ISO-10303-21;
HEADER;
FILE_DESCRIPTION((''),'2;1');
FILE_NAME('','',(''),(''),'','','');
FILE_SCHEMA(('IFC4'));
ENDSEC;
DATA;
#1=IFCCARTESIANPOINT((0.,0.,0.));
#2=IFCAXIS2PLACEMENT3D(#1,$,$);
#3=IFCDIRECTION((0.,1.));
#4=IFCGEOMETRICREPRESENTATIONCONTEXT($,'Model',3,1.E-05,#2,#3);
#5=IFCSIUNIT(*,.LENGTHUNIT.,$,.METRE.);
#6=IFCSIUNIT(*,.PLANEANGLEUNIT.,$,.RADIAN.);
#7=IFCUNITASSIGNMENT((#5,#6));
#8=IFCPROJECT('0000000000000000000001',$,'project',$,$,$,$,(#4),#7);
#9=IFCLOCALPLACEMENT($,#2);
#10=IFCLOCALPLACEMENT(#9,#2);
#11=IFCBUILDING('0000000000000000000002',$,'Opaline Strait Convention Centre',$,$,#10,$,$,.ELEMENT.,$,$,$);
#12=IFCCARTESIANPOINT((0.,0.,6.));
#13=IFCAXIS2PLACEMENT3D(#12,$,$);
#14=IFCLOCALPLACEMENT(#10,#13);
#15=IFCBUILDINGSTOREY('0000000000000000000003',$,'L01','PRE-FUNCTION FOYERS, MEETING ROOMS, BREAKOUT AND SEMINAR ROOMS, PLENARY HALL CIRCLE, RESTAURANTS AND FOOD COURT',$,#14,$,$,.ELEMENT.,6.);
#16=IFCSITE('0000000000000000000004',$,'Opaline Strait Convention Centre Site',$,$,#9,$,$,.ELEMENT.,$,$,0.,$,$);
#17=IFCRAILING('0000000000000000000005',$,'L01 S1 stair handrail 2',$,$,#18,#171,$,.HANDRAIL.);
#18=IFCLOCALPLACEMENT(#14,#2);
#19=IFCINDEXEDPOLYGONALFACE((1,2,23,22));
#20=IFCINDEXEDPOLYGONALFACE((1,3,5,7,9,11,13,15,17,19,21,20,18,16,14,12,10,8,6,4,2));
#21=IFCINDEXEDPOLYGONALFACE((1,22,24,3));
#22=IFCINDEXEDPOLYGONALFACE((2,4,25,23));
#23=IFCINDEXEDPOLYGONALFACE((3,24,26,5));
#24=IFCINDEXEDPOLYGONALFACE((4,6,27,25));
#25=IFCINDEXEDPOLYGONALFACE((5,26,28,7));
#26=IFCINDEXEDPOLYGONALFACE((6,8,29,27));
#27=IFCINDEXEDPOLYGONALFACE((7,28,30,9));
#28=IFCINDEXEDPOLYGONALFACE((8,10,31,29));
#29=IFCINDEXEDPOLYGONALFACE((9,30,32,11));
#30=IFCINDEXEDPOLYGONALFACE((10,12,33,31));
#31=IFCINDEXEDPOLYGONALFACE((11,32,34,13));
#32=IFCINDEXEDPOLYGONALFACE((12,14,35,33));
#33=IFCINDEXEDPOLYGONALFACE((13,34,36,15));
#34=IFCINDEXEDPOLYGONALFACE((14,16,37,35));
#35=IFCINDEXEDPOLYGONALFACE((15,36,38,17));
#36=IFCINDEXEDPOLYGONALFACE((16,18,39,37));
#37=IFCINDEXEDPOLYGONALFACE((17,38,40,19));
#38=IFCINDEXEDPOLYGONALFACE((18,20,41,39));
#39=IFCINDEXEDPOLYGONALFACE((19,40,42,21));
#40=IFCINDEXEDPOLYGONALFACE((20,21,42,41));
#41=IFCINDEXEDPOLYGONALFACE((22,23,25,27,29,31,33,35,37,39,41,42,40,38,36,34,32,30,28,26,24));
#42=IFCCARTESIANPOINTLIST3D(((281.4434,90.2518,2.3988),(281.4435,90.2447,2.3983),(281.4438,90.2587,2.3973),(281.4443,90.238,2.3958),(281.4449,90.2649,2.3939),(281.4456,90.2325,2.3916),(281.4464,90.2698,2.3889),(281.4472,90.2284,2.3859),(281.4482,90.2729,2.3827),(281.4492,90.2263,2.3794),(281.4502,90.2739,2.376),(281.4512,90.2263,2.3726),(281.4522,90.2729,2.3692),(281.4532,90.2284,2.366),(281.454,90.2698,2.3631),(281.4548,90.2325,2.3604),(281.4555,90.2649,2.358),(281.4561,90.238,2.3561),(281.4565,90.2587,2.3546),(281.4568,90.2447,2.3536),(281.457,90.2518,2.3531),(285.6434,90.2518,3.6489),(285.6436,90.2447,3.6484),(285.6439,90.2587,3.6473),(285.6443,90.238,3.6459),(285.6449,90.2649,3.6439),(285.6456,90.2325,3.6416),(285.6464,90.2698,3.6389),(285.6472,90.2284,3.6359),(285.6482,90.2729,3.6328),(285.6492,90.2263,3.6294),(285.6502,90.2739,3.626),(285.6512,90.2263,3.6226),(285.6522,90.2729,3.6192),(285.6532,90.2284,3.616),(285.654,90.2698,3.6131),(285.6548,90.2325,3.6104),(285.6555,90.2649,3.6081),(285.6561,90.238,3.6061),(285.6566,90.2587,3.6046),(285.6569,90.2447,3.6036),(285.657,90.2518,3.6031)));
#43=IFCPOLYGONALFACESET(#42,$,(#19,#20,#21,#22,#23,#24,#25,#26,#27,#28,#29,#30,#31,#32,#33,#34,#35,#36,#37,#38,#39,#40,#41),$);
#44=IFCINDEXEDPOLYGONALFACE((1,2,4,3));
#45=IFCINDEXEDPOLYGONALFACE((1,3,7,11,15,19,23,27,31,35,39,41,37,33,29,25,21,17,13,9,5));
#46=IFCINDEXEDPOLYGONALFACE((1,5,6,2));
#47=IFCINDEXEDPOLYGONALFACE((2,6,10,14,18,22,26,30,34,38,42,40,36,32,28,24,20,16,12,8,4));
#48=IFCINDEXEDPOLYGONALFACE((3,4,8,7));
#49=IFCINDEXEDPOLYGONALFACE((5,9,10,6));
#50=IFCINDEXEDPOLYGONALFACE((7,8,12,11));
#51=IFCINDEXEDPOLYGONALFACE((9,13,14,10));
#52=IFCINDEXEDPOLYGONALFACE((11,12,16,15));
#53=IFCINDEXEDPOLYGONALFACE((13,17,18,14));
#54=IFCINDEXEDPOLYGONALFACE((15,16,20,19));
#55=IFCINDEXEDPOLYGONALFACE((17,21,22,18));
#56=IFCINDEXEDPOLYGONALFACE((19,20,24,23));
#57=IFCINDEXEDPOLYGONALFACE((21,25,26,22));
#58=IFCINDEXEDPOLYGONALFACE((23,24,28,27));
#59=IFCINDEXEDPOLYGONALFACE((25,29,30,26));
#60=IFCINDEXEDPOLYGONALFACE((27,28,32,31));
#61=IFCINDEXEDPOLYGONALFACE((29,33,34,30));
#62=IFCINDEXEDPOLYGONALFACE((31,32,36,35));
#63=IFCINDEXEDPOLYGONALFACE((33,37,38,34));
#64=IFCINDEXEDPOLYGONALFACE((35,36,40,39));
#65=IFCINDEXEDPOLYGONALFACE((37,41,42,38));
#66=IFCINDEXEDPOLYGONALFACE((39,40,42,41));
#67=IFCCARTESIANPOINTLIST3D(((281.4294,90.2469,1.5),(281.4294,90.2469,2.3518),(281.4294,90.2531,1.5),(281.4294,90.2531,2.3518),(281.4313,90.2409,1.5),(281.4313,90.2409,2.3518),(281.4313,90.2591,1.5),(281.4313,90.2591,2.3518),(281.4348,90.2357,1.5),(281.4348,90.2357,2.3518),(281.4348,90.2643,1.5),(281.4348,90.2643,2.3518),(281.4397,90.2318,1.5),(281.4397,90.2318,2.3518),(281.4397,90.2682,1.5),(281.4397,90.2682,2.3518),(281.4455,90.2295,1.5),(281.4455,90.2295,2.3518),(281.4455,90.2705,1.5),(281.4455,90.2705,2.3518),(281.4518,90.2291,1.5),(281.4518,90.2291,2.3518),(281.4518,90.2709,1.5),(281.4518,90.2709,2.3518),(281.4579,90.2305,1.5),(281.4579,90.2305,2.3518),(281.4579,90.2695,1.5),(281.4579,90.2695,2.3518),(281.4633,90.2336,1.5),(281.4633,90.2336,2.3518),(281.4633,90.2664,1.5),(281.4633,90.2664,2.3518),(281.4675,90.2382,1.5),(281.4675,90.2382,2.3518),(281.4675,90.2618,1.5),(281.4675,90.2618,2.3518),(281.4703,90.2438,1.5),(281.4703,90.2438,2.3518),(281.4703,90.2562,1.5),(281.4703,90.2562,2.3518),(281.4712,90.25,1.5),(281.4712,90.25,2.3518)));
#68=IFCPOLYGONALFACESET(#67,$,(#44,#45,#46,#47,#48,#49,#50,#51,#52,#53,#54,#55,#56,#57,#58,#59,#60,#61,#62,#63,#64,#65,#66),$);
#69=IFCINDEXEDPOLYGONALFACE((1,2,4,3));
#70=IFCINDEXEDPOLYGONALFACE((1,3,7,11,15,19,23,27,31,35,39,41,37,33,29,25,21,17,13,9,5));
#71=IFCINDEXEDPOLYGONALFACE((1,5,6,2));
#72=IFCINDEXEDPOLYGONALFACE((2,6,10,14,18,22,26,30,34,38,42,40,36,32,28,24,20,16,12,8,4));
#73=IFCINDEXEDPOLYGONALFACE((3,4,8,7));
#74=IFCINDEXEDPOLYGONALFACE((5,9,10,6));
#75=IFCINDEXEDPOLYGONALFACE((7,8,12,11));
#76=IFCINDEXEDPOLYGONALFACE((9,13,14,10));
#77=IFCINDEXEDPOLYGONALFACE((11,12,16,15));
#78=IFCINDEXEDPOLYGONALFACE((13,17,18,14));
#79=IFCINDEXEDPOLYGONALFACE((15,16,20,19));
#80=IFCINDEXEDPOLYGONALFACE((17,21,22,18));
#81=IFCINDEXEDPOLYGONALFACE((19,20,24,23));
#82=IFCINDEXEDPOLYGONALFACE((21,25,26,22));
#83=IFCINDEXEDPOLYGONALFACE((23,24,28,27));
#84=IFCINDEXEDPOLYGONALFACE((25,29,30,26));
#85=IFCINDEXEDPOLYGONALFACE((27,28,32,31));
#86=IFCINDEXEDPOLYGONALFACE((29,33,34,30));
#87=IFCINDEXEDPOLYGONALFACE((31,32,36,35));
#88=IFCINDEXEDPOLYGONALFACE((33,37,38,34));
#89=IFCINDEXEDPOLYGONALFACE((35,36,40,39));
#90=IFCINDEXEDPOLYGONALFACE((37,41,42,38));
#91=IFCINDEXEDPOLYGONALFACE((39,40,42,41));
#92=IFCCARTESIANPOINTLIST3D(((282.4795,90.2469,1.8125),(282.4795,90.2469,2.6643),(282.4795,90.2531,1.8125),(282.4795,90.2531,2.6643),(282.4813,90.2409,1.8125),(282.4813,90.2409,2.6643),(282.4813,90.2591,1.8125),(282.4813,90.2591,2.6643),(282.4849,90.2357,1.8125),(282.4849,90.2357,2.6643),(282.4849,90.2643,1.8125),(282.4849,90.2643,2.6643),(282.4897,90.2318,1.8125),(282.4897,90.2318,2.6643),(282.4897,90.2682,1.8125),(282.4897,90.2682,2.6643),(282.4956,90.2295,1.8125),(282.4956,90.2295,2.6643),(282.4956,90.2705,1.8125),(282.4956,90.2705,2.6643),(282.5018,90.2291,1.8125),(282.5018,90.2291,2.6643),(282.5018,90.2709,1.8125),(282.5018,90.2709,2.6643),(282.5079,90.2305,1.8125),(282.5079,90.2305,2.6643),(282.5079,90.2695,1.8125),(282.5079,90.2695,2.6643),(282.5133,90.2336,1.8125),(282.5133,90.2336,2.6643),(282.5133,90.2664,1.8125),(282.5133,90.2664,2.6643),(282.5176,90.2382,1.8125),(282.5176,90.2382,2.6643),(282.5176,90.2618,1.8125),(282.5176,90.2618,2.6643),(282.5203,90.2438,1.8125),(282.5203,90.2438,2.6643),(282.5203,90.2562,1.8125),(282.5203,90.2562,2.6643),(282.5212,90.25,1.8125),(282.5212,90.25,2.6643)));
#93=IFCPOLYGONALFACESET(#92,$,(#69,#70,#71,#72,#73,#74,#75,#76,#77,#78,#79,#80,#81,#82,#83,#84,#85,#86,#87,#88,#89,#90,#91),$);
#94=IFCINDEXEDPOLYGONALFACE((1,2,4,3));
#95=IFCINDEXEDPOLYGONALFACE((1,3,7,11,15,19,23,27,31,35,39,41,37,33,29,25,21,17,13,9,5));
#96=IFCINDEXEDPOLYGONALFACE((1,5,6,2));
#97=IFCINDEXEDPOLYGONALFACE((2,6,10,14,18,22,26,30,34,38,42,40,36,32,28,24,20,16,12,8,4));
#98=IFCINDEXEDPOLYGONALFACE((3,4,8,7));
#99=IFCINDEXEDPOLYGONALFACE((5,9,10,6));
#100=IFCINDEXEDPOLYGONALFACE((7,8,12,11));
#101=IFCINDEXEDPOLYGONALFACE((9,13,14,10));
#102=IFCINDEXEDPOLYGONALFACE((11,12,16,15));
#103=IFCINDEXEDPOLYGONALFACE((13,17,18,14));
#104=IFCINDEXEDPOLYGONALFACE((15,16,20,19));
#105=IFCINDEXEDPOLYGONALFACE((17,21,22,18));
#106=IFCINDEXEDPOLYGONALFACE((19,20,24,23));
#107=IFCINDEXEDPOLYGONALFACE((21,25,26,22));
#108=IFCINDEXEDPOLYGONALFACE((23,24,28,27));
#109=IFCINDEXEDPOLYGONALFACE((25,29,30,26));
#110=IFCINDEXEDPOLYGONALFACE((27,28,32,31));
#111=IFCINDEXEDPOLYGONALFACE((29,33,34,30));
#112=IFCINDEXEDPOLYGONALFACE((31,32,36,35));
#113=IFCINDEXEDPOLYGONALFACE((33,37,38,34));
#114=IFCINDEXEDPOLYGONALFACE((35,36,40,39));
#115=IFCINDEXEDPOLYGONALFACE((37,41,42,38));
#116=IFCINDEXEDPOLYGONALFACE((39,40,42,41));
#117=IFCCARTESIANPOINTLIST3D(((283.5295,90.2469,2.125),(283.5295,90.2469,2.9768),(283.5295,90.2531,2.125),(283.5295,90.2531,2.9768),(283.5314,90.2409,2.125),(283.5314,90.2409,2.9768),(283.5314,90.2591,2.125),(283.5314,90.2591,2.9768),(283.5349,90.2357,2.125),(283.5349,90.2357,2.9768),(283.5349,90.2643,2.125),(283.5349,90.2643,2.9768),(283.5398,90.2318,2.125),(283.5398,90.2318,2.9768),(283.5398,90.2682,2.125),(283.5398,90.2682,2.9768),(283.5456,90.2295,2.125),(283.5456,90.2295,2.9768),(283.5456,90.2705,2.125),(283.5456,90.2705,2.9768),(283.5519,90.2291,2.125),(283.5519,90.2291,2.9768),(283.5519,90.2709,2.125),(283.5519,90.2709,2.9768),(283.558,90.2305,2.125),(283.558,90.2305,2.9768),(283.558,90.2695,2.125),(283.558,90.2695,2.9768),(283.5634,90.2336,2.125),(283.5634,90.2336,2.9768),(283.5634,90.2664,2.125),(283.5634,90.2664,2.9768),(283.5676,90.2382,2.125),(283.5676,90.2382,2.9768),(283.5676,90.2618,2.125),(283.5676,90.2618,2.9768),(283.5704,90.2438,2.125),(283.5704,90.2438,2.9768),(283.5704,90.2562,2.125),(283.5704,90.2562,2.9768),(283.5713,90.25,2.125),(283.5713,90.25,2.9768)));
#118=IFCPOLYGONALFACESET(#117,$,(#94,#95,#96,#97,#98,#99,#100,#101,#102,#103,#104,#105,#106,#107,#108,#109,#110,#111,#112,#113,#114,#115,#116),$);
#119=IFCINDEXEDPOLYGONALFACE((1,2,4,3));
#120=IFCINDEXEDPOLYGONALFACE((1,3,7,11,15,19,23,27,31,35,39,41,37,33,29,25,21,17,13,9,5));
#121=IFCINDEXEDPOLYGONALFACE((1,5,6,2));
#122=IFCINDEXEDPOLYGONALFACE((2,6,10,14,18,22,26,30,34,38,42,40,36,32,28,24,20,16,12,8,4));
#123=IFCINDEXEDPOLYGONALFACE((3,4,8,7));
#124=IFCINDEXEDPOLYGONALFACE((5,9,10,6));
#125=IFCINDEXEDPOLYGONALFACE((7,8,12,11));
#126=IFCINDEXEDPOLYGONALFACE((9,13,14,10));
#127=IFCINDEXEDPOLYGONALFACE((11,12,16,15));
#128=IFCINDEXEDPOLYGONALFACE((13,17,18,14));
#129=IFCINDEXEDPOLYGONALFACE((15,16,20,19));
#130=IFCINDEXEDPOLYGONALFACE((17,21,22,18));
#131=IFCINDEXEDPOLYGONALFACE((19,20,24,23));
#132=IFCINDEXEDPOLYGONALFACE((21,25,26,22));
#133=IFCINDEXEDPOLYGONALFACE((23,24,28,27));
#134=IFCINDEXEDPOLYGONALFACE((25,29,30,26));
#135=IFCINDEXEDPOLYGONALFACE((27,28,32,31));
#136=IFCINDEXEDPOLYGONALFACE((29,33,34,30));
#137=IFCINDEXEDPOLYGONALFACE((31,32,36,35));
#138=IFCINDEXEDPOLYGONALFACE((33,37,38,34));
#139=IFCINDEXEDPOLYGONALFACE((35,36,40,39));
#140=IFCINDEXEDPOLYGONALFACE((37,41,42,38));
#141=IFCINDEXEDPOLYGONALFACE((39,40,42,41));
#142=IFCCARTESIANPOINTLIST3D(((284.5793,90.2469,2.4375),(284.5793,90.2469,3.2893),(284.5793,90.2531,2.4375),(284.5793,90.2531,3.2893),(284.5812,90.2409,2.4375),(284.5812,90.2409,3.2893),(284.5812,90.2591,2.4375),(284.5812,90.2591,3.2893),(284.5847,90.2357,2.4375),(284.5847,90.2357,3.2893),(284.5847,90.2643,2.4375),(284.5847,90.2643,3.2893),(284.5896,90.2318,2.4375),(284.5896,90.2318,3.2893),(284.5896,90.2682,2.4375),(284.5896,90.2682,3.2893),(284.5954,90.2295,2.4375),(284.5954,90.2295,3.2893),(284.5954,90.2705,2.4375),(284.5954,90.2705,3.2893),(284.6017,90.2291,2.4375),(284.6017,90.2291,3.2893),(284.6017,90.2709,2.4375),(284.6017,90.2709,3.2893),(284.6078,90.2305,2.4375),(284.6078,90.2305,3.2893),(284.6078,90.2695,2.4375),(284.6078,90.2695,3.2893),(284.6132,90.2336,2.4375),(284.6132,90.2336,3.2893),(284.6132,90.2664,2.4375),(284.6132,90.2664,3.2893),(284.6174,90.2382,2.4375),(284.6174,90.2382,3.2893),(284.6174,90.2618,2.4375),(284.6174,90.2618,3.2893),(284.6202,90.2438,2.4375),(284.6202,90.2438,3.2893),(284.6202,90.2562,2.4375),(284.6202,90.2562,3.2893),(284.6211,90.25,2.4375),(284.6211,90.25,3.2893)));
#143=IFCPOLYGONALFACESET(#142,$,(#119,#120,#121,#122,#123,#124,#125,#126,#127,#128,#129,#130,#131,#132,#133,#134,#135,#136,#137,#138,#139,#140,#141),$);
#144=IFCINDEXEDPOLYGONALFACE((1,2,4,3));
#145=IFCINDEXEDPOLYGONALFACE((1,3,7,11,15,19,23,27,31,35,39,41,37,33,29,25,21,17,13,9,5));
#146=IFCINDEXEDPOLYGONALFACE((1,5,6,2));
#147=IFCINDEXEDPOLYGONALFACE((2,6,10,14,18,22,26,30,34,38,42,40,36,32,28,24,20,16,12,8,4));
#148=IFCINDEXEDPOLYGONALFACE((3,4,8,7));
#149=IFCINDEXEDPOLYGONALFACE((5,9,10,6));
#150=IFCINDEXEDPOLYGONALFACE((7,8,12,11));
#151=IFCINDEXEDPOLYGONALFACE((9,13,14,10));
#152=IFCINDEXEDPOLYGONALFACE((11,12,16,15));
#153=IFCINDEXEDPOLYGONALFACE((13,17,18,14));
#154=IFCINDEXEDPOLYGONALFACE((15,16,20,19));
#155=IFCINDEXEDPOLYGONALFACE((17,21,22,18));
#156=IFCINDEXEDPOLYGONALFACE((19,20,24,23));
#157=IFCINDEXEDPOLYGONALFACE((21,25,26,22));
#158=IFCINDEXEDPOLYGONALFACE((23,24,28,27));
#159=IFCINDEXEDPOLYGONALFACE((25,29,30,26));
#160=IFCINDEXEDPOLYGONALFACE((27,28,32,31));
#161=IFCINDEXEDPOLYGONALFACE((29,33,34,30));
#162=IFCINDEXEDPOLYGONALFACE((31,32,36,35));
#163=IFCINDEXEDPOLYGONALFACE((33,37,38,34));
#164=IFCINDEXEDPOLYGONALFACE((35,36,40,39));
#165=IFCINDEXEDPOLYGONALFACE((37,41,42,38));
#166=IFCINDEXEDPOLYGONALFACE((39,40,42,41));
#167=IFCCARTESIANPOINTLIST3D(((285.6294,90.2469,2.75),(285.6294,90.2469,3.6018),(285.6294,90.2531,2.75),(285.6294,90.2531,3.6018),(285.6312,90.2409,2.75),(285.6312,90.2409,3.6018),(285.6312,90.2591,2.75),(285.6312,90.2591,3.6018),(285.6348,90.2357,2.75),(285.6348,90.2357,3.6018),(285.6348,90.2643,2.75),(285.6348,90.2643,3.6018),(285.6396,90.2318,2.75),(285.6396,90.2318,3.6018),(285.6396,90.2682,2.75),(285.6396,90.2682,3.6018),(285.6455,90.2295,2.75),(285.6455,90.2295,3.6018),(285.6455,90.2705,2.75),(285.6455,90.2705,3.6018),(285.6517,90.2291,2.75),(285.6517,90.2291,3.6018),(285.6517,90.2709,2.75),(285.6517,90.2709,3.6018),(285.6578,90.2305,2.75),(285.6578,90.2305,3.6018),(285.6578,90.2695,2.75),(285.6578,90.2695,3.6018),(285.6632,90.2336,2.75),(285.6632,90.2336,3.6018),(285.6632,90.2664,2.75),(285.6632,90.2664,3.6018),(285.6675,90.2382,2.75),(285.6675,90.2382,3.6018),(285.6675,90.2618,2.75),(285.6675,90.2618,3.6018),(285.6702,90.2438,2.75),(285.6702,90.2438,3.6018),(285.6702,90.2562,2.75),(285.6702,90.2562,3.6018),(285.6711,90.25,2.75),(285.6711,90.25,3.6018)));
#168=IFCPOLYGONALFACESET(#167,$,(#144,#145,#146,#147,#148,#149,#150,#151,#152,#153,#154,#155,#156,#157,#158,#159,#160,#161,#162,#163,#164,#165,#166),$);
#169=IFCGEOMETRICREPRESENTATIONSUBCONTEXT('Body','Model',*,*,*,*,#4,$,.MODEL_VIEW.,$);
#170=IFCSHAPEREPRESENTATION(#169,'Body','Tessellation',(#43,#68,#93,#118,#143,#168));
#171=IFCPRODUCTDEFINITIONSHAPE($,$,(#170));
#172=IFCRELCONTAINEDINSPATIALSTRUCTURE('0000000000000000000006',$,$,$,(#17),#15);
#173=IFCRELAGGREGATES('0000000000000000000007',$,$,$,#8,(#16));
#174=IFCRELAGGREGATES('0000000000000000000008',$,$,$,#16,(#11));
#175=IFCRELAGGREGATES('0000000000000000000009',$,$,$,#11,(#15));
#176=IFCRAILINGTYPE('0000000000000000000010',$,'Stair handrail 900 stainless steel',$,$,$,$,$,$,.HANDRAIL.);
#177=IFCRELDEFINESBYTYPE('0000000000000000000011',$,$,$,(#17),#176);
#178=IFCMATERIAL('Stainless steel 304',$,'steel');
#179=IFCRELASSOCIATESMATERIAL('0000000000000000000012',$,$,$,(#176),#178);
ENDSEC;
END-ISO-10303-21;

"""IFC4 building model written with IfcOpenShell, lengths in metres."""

from ifc_helpers import new_model, si_unit, direction, frame, origin, origin_2d, place, context, subcontext, project, spatial, circle, extrude, material, type_object, element, save


model = new_model("IFC4")

# Units and contexts
model_context = context("Model", 3, precision=1e-05, world=origin(), true_north=direction((0.0, 1.0)))
body_context = subcontext(model_context, "Body", "Model", "MODEL_VIEW")
ifc_project = project(units=[si_unit("LENGTHUNIT", "METRE"), si_unit("PLANEANGLEUNIT", "RADIAN")], contexts=[model_context])

# Site, building, storey
site_placement = place(None, origin())
site = spatial("IfcSite", under=ifc_project, at=site_placement, Name="Opaline Strait Convention Centre Site", CompositionType="ELEMENT", RefElevation=0.0)
building_placement = place(site_placement, origin())
building = spatial("IfcBuilding", under=site, at=building_placement, Name="Opaline Strait Convention Centre", CompositionType="ELEMENT")
storey_placement = place(building_placement, frame((0.0, 0.0, 6.0)))
storey = spatial("IfcBuildingStorey", under=building, at=storey_placement, Name="L01", Description="PRE-FUNCTION FOYERS, MEETING ROOMS, BREAKOUT AND SEMINAR ROOMS, PLENARY HALL CIRCLE, RESTAURANTS AND FOOD COURT", CompositionType="ELEMENT", Elevation=6.0)

# Railing
ifc_material_1 = material(Name="Stainless steel 304", Category="steel")
railing_type_1 = type_object("IfcRailingType", Name="Stair handrail 900 stainless steel", PredefinedType="HANDRAIL", material=ifc_material_1)
for number, where, name in (
    (1, (281.4502, 90.25, 1.5), "L01 S1 stair handrail 2"),
):
    element("IfcRailing", number, at=place(storey_placement, frame(where)), inside=storey, type_object=railing_type_1, Name=name, PredefinedType="HANDRAIL", context=body_context, shape_type="SweptSolid", body=[
        extrude(circle(Radius=0.0239, at=origin_2d()), frame((0.0, 0.0, 0.876), z_axis=(0.958451, 0.0, 0.285257), x_axis=(0.0, 1.0, 0.0)), (0.0, 0.0, 1.0), 4.3821),
        extrude(circle(Radius=0.021, at=origin_2d()), origin(), (0.0, 0.0, 1.0), 0.8518),
        extrude(circle(Radius=0.021, at=origin_2d()), frame((1.05, 0.0, 0.3125)), (0.0, 0.0, 1.0), 0.8518),
        extrude(circle(Radius=0.021, at=origin_2d()), frame((2.1001, 0.0, 0.625)), (0.0, 0.0, 1.0), 0.8518),
        extrude(circle(Radius=0.021, at=origin_2d()), frame((3.1499, 0.0, 0.9375)), (0.0, 0.0, 1.0), 0.8518),
        extrude(circle(Radius=0.021, at=origin_2d()), frame((4.2, 0.0, 1.25)), (0.0, 0.0, 1.0), 0.8518),
    ])

save(model, "model.ifc")
